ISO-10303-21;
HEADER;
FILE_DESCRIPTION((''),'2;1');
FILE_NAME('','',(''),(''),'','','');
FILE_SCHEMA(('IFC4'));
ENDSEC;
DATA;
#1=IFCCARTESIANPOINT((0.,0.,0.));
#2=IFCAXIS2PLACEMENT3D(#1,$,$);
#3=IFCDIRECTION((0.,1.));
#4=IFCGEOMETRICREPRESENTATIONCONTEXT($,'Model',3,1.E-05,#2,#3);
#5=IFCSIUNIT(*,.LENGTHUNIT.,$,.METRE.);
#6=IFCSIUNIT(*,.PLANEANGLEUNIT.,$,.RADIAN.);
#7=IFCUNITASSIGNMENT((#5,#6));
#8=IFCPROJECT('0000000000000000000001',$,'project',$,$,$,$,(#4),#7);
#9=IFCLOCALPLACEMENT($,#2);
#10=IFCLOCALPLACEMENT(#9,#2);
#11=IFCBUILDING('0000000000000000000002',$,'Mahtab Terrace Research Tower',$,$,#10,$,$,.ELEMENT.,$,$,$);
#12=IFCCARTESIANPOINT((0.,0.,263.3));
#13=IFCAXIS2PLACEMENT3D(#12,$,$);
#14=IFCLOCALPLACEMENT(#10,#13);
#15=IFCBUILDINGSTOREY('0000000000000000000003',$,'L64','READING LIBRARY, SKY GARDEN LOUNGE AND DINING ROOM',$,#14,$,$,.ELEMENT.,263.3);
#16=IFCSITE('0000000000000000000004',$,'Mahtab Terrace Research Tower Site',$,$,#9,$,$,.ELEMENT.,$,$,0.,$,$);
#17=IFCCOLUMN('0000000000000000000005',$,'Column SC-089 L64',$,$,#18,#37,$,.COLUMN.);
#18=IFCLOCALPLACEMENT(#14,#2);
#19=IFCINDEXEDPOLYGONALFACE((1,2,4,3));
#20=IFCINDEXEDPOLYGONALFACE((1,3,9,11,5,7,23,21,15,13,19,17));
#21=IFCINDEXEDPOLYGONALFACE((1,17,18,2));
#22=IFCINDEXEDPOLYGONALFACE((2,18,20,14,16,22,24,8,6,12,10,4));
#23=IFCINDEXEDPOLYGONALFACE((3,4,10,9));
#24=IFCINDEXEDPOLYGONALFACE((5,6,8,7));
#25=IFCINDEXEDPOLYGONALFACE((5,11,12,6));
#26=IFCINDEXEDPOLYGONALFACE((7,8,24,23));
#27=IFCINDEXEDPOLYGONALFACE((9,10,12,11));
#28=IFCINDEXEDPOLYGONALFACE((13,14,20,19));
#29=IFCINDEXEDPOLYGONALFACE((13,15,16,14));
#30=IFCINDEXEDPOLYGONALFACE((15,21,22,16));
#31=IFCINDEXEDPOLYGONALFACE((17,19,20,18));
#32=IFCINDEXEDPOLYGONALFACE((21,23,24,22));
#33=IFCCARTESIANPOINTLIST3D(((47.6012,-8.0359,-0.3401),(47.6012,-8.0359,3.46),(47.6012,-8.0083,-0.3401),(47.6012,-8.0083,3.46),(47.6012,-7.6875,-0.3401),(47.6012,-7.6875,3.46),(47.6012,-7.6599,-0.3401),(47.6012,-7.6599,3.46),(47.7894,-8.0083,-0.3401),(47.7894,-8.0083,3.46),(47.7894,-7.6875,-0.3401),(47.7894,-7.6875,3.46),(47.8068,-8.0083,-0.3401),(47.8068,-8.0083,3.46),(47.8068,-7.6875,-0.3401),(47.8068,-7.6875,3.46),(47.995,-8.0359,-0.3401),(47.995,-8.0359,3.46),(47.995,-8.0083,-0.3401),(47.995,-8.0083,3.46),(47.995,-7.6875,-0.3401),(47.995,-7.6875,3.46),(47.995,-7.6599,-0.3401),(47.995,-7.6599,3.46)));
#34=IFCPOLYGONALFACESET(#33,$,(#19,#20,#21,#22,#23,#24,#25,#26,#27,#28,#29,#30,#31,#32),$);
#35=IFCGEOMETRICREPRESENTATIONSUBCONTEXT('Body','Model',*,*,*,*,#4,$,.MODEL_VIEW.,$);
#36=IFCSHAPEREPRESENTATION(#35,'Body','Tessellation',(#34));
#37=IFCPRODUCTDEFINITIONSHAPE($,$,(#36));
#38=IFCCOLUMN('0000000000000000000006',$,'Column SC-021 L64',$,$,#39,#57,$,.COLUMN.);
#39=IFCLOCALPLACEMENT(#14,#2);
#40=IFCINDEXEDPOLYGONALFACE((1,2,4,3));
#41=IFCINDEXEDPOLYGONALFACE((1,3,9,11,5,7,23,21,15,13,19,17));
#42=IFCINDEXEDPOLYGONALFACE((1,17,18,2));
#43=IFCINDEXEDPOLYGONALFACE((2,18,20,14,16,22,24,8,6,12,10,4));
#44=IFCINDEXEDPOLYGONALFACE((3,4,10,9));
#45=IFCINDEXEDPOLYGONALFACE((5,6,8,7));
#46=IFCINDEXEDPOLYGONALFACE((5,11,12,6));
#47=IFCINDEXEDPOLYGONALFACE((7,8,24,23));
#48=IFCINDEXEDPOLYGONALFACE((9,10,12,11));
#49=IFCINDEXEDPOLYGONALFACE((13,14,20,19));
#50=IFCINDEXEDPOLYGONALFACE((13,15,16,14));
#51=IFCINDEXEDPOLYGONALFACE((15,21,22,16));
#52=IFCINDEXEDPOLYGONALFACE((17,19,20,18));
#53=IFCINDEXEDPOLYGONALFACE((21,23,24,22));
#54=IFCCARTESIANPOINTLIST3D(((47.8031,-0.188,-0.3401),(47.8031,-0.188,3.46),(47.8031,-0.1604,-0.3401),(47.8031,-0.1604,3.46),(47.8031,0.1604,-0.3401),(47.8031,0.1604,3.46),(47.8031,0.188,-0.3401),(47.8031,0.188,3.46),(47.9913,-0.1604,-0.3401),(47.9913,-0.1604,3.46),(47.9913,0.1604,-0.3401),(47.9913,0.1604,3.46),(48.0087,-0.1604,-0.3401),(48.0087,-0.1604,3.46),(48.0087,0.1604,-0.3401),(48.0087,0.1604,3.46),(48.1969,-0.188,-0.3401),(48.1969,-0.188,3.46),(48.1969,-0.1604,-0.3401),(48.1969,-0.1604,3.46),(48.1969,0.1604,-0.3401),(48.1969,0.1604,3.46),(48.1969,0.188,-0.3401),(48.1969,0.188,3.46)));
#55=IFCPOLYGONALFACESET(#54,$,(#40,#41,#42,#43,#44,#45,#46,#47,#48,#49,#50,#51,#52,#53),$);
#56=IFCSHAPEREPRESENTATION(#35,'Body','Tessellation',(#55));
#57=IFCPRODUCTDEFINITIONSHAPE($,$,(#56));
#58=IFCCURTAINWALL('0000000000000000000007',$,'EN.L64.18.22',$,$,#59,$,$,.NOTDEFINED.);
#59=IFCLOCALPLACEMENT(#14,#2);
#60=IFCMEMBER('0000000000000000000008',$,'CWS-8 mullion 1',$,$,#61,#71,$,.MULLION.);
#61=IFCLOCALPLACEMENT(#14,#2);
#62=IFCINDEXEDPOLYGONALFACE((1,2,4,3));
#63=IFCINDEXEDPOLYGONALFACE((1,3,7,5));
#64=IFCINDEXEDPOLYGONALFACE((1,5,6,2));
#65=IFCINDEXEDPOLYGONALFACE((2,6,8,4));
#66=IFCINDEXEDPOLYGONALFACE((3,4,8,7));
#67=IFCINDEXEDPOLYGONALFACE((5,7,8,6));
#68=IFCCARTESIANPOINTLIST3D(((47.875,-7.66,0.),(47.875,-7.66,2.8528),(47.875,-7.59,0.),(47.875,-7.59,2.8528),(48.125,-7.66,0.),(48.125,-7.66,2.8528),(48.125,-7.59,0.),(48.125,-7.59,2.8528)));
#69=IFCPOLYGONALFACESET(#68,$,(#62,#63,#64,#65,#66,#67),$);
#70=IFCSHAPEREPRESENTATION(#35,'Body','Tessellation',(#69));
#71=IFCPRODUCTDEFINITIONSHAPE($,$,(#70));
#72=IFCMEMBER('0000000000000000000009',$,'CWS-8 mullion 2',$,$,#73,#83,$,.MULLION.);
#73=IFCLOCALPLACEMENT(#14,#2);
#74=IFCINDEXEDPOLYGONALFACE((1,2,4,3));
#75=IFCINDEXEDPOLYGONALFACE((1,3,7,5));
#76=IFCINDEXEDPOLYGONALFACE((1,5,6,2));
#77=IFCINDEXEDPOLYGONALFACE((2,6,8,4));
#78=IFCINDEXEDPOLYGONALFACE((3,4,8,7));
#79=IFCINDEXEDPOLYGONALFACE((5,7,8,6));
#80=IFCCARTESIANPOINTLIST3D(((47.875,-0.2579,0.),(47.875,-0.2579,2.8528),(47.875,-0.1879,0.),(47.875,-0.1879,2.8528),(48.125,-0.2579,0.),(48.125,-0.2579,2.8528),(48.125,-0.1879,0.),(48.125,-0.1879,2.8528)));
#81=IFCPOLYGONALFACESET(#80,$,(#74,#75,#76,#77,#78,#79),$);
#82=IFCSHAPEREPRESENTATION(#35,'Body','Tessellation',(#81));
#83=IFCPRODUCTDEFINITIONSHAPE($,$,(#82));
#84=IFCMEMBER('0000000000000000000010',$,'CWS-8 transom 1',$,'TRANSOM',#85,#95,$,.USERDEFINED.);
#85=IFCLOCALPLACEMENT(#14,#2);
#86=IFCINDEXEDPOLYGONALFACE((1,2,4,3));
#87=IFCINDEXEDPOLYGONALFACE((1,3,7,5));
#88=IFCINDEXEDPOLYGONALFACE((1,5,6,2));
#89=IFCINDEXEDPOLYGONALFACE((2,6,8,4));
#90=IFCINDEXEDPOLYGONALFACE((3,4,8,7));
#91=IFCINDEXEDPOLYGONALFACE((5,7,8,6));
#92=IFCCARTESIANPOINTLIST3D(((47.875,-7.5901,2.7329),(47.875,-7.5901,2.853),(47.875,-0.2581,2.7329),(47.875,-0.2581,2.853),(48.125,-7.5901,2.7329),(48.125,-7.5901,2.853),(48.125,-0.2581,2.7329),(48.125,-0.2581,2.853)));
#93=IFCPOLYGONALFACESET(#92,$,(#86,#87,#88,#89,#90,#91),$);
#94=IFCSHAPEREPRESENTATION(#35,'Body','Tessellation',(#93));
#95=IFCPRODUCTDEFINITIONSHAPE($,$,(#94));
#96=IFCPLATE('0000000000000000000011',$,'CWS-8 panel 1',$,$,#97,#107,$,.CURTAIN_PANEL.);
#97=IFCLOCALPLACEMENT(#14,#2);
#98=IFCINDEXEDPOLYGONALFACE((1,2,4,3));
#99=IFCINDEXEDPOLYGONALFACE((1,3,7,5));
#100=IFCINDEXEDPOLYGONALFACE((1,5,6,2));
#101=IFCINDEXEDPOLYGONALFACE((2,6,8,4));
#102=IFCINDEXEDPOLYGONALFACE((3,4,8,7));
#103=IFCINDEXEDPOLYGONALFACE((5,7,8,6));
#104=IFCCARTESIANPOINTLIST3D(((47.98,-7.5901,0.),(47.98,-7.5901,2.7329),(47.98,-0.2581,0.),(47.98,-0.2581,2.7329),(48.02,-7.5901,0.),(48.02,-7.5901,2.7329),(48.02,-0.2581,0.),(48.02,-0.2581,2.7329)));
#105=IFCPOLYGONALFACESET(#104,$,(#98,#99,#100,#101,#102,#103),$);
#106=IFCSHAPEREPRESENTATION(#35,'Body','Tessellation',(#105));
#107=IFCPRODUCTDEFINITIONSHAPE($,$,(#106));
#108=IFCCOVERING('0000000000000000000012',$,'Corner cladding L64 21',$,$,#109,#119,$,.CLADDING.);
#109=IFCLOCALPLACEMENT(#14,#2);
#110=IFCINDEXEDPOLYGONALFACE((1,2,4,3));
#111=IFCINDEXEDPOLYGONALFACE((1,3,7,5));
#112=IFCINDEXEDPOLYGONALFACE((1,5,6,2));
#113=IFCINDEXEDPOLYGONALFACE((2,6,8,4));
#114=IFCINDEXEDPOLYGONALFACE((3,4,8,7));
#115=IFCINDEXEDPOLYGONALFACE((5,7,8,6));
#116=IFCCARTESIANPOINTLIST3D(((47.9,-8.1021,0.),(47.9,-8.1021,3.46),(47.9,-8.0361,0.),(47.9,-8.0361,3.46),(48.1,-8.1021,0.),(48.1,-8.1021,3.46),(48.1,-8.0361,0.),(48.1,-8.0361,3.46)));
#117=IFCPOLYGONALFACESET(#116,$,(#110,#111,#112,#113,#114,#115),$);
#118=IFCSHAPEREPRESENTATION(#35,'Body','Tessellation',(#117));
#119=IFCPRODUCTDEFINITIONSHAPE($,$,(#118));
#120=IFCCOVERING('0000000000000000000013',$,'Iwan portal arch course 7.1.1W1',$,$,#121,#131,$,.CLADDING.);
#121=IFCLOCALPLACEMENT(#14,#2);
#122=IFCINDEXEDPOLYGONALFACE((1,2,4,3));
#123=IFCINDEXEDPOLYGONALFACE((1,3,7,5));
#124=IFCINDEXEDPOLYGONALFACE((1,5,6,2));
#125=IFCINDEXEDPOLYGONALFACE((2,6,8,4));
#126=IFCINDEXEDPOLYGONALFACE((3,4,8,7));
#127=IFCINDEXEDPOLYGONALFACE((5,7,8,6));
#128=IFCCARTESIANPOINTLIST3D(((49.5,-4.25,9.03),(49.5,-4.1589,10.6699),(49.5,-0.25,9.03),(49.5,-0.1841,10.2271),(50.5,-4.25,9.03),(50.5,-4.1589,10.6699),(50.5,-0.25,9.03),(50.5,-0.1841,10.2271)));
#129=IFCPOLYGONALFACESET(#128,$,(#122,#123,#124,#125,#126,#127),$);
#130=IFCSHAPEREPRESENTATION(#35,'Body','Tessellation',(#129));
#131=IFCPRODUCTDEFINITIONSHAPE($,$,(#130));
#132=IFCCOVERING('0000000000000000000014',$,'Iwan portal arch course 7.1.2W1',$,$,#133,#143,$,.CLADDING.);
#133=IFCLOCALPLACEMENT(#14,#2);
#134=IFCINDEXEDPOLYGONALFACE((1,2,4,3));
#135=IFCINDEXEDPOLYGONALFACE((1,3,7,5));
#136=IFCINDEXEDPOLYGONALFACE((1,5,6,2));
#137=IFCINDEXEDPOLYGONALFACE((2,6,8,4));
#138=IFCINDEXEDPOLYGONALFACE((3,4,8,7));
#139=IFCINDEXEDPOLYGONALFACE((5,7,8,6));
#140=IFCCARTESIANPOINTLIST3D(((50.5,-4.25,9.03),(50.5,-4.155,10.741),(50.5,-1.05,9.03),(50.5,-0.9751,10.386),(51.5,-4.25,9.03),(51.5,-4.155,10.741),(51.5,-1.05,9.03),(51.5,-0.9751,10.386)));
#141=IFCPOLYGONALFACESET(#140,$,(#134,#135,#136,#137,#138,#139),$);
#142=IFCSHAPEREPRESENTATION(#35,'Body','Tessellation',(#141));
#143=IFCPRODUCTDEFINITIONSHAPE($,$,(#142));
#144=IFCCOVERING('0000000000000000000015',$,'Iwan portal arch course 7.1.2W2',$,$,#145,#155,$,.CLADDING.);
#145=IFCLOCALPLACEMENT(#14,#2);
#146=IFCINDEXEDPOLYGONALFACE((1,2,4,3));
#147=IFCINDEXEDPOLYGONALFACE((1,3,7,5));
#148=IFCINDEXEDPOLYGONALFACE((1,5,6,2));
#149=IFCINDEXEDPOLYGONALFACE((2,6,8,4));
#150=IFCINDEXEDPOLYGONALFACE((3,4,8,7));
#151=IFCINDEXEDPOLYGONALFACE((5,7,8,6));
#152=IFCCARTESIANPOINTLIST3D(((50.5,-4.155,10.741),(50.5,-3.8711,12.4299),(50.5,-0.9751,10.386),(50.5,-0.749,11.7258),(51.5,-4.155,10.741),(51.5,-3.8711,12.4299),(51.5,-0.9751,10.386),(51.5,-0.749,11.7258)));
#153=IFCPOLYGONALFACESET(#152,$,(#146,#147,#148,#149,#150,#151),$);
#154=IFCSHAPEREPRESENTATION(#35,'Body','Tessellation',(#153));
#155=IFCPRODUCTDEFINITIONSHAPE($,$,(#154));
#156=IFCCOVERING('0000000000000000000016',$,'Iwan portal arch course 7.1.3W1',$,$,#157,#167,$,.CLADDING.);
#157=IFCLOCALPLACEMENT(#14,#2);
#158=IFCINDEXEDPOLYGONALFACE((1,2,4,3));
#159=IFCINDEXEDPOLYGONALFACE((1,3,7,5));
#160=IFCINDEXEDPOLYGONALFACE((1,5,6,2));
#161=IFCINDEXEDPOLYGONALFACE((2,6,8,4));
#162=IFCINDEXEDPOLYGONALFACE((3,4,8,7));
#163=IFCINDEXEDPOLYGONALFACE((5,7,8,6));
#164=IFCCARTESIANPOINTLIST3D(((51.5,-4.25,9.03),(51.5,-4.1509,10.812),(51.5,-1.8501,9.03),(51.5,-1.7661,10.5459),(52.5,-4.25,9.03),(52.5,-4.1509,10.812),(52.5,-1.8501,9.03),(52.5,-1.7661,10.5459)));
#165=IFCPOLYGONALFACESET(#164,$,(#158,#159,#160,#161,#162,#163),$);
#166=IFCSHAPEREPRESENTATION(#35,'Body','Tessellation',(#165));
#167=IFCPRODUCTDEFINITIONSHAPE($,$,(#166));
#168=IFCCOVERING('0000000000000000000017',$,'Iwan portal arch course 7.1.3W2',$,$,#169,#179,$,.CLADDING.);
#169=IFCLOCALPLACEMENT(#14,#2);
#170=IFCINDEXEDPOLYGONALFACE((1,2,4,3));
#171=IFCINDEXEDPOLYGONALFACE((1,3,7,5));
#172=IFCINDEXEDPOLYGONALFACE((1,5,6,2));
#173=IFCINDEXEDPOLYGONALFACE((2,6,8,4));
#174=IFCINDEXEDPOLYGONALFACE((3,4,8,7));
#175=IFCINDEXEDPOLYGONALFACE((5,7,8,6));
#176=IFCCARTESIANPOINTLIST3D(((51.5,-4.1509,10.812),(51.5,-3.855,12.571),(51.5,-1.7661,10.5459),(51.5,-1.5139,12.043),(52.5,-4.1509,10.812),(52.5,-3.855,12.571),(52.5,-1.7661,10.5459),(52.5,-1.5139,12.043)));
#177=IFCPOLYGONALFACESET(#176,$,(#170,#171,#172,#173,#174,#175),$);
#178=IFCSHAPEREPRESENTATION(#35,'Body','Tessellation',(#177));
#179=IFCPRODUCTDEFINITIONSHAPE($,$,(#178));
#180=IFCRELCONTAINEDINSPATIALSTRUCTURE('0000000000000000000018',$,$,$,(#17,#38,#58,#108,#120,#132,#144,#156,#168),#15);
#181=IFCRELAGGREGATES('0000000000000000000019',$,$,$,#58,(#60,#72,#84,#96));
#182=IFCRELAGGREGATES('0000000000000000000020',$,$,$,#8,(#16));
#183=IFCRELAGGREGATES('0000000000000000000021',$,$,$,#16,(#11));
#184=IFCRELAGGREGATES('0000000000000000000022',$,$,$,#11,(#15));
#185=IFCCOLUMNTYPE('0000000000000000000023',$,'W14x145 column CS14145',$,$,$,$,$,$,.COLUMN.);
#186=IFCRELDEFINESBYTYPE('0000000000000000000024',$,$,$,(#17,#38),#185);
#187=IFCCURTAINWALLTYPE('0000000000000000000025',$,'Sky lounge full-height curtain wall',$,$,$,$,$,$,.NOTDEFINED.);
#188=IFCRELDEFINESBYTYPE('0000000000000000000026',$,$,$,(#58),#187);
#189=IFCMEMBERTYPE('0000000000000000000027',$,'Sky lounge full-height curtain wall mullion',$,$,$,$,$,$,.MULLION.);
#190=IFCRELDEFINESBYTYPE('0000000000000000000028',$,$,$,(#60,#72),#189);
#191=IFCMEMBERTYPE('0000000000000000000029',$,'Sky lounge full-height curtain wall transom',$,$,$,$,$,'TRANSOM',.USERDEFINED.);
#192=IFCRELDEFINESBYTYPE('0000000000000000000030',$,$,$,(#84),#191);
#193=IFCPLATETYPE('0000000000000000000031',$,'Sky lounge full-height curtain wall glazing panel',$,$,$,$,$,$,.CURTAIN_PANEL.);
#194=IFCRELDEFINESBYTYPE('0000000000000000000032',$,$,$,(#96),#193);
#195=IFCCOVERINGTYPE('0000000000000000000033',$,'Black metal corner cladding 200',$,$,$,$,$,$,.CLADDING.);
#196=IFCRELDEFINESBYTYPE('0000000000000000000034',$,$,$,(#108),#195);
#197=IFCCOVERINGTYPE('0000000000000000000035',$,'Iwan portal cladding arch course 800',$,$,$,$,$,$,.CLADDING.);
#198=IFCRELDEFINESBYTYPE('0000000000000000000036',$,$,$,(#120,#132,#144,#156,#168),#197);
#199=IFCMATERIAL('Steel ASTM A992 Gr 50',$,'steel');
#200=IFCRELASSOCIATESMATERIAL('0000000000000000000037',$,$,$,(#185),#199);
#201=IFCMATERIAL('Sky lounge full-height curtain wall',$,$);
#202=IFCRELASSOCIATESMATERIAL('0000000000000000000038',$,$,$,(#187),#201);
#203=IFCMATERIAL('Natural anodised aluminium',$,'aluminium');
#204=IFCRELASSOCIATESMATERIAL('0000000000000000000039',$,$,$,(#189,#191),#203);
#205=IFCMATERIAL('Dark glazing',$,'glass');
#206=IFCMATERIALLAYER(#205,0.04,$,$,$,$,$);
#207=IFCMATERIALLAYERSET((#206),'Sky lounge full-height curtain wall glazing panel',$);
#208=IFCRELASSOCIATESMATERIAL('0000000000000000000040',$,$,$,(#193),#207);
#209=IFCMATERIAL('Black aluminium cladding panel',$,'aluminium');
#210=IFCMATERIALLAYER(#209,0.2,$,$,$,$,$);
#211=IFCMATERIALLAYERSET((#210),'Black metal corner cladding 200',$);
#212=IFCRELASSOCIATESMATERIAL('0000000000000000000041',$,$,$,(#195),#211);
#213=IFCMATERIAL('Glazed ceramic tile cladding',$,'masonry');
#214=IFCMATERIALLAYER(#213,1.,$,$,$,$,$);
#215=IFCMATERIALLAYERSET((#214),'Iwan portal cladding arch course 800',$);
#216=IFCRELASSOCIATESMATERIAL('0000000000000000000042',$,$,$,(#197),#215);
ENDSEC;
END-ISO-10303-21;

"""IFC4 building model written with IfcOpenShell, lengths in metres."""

from ifc_helpers import new_model, si_unit, direction, frame, origin, origin_2d, place, context, subcontext, project, spatial, polyline, rectangle, i_section, outline, extrude, material, layer, layer_set, material_profile, profile_set, type_object, element, aggregate, save


model = new_model("IFC4")

# Units and contexts
model_context = context("Model", 3, precision=1e-05, world=origin(), true_north=direction((0.0, 1.0)))
body_context = subcontext(model_context, "Body", "Model", "MODEL_VIEW")
ifc_project = project(units=[si_unit("LENGTHUNIT", "METRE"), si_unit("PLANEANGLEUNIT", "RADIAN")], contexts=[model_context])

# Site, building, storey
site_placement = place(None, origin())
site = spatial("IfcSite", under=ifc_project, at=site_placement, Name="Mahtab Terrace Research Tower Site", CompositionType="ELEMENT", RefElevation=0.0)
building_placement = place(site_placement, origin())
building = spatial("IfcBuilding", under=site, at=building_placement, Name="Mahtab Terrace Research Tower", CompositionType="ELEMENT")
storey_placement = place(building_placement, frame((0.0, 0.0, 263.3)))
storey = spatial("IfcBuildingStorey", under=building, at=storey_placement, Name="L64", Description="READING LIBRARY, SKY GARDEN LOUNGE AND DINING ROOM", CompositionType="ELEMENT", Elevation=263.3)

# Columns
ifc_material_1 = material(Name="Steel ASTM A992 Gr 50", Category="steel")
ifc_material_profile_1 = material_profile(ifc_material_1, i_section(OverallWidth=0.3938, OverallDepth=0.376, WebThickness=0.0173, FlangeThickness=0.0276, at=origin_2d()), Name="W14X145")
ifc_profile_set_1 = profile_set([ifc_material_profile_1], Name="Steel ASTM A992 Gr 50")
column_type = type_object("IfcColumnType", Name="W14x145 column CS14145", PredefinedType="COLUMN", material=ifc_profile_set_1)
for number, where, z_axis, x_axis, name in (
    (1, (47.7981, -7.8479, -0.3401), (0.0, 0.0, 1.0), (1.0, 0.0, 0.0), "Column SC-089 L64"),
    (2, (48.0, 0.0, -0.3401), (0.0, 0.0, 1.0), (1.0, 0.0, 0.0), "Column SC-021 L64"),
):
    element("IfcColumn", number, at=place(storey_placement, frame(where, z_axis=z_axis, x_axis=x_axis)), inside=storey, type_object=column_type, Name=name, PredefinedType="COLUMN", context=body_context, shape_type="SweptSolid", body=[
        extrude(i_section(OverallWidth=0.3938, OverallDepth=0.376, WebThickness=0.0173, FlangeThickness=0.0276, at=origin_2d()), origin(), (0.0, 0.0, 1.0), 3.8),
    ])

# Curtain wall, members, plate
ifc_material_2 = material(Name="Sky lounge full-height curtain wall")
curtain_wall_type = type_object("IfcCurtainWallType", Name="Sky lounge full-height curtain wall", PredefinedType="NOTDEFINED", material=ifc_material_2)
curtain_wall_placement = place(storey_placement, origin())
curtain_wall = element("IfcCurtainWall", 3, at=curtain_wall_placement, inside=storey, type_object=curtain_wall_type, Name="EN.L64.18.22", PredefinedType="NOTDEFINED")
ifc_material_3 = material(Name="Natural anodised aluminium", Category="aluminium")
ifc_material_profile_2 = material_profile(ifc_material_3, rectangle(XDim=0.25, YDim=0.0701, at=origin_2d()), Name="MULLION 70x250")
ifc_profile_set_2 = profile_set([ifc_material_profile_2], Name="Natural anodised aluminium")
member_type_1 = type_object("IfcMemberType", Name="Sky lounge full-height curtain wall mullion", PredefinedType="MULLION", material=ifc_profile_set_2)
member_1_placement = place(storey_placement, frame((48.0, -7.625, 0.0), z_axis=(0.0, 0.0, 1.0), x_axis=(-1.0, 0.0, 0.0)))
member_1 = element("IfcMember", 4, at=member_1_placement, type_object=member_type_1, Name="CWS-8 mullion 1", PredefinedType="MULLION", context=body_context, shape_type="SweptSolid", body=[
    extrude(rectangle(XDim=0.25, YDim=0.0701, at=origin_2d()), origin(), (0.0, 0.0, 1.0), 2.8528),
])
member_2_placement = place(storey_placement, frame((48.0, -0.2229, 0.0), z_axis=(0.0, 0.0, 1.0), x_axis=(-1.0, 0.0, 0.0)))
member_2 = element("IfcMember", 5, at=member_2_placement, type_object=member_type_1, Name="CWS-8 mullion 2", PredefinedType="MULLION", context=body_context, shape_type="SweptSolid", body=[
    extrude(rectangle(XDim=0.25, YDim=0.0701, at=origin_2d()), origin(), (0.0, 0.0, 1.0), 2.8528),
])
ifc_material_profile_3 = material_profile(ifc_material_3, rectangle(XDim=0.25, YDim=0.1201, at=origin_2d()), Name="TRANSOM 120x250")
ifc_profile_set_3 = profile_set([ifc_material_profile_3], Name="Natural anodised aluminium")
member_type_2 = type_object("IfcMemberType", Name="Sky lounge full-height curtain wall transom", ElementType="TRANSOM", PredefinedType="USERDEFINED", material=ifc_profile_set_3)
member_3_placement = place(storey_placement, frame((48.0, -7.5901, 2.793), z_axis=(0.0, 1.0, 0.0), x_axis=(-1.0, 0.0, 0.0)))
member_3 = element("IfcMember", 6, at=member_3_placement, type_object=member_type_2, Name="CWS-8 transom 1", ObjectType="TRANSOM", PredefinedType="USERDEFINED", context=body_context, shape_type="SweptSolid", body=[
    extrude(rectangle(XDim=0.25, YDim=0.1201, at=origin_2d()), origin(), (0.0, 0.0, 1.0), 7.332),
])
ifc_material_4 = material(Name="Dark glazing", Category="glass")
ifc_layer_1 = layer(ifc_material_4, 0.04)
ifc_layer_set_1 = layer_set([ifc_layer_1], Name="Sky lounge full-height curtain wall glazing panel")
plate_type = type_object("IfcPlateType", Name="Sky lounge full-height curtain wall glazing panel", PredefinedType="CURTAIN_PANEL", material=ifc_layer_set_1)
plate_placement = place(storey_placement, frame((48.0, -3.9241, 0.0), z_axis=(0.0, 0.0, 1.0), x_axis=(0.0, 1.0, 0.0)))
plate = element("IfcPlate", 7, at=plate_placement, type_object=plate_type, Name="CWS-8 panel 1", PredefinedType="CURTAIN_PANEL", context=body_context, shape_type="SweptSolid", body=[
    extrude(rectangle(XDim=7.332, YDim=0.04, at=origin_2d()), origin(), (0.0, 0.0, 1.0), 2.7329),
])
aggregate(curtain_wall, [member_1, member_2, member_3, plate])

# Shared definitions
ifc_material_5 = material(Name="Black aluminium cladding panel", Category="aluminium")

# Coverings
ifc_layer_2 = layer(ifc_material_5, 0.2)
ifc_layer_set_2 = layer_set([ifc_layer_2], Name="Black metal corner cladding 200")
covering_type_1 = type_object("IfcCoveringType", Name="Black metal corner cladding 200", PredefinedType="CLADDING", material=ifc_layer_set_2)
covering_1_placement = place(storey_placement, frame((48.0, -8.0691, 0.0), z_axis=(0.0, 0.0, 1.0), x_axis=(0.0, 1.0, 0.0)))
element("IfcCovering", 8, at=covering_1_placement, inside=storey, type_object=covering_type_1, Name="Corner cladding L64 21", PredefinedType="CLADDING", context=body_context, shape_type="SweptSolid", body=[
    extrude(rectangle(XDim=0.0659, YDim=0.2, at=origin_2d()), origin(), (0.0, 0.0, 1.0), 3.46),
])
ifc_material_6 = material(Name="Glazed ceramic tile cladding", Category="masonry")
ifc_layer_3 = layer(ifc_material_6, 1.0)
ifc_layer_set_3 = layer_set([ifc_layer_3], Name="Iwan portal cladding arch course 800")
covering_type_2 = type_object("IfcCoveringType", Name="Iwan portal cladding arch course 800", PredefinedType="CLADDING", material=ifc_layer_set_3)
covering_2_placement = place(storey_placement, frame((49.5, -4.25, 9.03), z_axis=(-1.0, 0.0, 0.0), x_axis=(0.0, 0.055445, 0.998462)))
element("IfcCovering", 9, at=covering_2_placement, inside=storey, type_object=covering_type_2, Name="Iwan portal arch course 7.1.1W1", PredefinedType="CLADDING", context=body_context, shape_type="SweptSolid", body=[
    extrude(outline(polyline([(0.0, 0.0), (1.6424, 0.0), (1.4206, 3.9933), (0.2218, 3.9938), (0.0, 0.0)])), origin(), (0.0, 0.0, -1.0), 1.0),
])
covering_3_placement = place(storey_placement, frame((50.5, -4.25, 9.03), z_axis=(-1.0, 0.0, 0.0), x_axis=(0.0, 0.055423, 0.998463)))
element("IfcCovering", 10, at=covering_3_placement, inside=storey, type_object=covering_type_2, Name="Iwan portal arch course 7.1.2W1", PredefinedType="CLADDING", context=body_context, shape_type="SweptSolid", body=[
    extrude(outline(polyline([(0.0, 0.0), (1.7136, 0.0), (1.5354, 3.1947), (0.1773, 3.195), (0.0, 0.0)])), origin(), (0.0, 0.0, -1.0), 1.0),
])
covering_4_placement = place(storey_placement, frame((50.5, -4.155, 10.741), z_axis=(-1.0, 0.0, 0.0), x_axis=(0.0, 0.165786, 0.986162)))
element("IfcCovering", 11, at=covering_4_placement, inside=storey, type_object=covering_type_2, Name="Iwan portal arch course 7.1.2W2", PredefinedType="CLADDING", context=body_context, shape_type="SweptSolid", body=[
    extrude(outline(polyline([(0.0, 0.0), (1.7127, 0.0), (1.5359, 3.1956), (0.1771, 3.1948), (0.0, 0.0)])), origin(), (0.0, 0.0, -1.0), 1.0),
])
covering_5_placement = place(storey_placement, frame((51.5, -4.25, 9.03), z_axis=(-1.0, 0.0, 0.0), x_axis=(0.0, 0.055538, 0.998457)))
element("IfcCovering", 12, at=covering_5_placement, inside=storey, type_object=covering_type_2, Name="Iwan portal arch course 7.1.3W1", PredefinedType="CLADDING", context=body_context, shape_type="SweptSolid", body=[
    extrude(outline(polyline([(0.0, 0.0), (1.7847, 0.0), (1.6515, 2.3959), (0.1333, 2.3962), (0.0, 0.0)])), origin(), (0.0, 0.0, -1.0), 1.0),
])
covering_6_placement = place(storey_placement, frame((51.5, -4.1509, 10.812), z_axis=(-1.0, 0.0, 0.0), x_axis=(0.0, 0.165886, 0.986145)))
element("IfcCovering", 13, at=covering_6_placement, inside=storey, type_object=covering_type_2, Name="Iwan portal arch course 7.1.3W2", PredefinedType="CLADDING", context=body_context, shape_type="SweptSolid", body=[
    extrude(outline(polyline([(0.0, 0.0), (1.7837, 0.0), (1.6513, 2.3962), (0.1332, 2.3959), (0.0, 0.0)])), origin(), (0.0, 0.0, -1.0), 1.0),
])

save(model, "model.ifc")
